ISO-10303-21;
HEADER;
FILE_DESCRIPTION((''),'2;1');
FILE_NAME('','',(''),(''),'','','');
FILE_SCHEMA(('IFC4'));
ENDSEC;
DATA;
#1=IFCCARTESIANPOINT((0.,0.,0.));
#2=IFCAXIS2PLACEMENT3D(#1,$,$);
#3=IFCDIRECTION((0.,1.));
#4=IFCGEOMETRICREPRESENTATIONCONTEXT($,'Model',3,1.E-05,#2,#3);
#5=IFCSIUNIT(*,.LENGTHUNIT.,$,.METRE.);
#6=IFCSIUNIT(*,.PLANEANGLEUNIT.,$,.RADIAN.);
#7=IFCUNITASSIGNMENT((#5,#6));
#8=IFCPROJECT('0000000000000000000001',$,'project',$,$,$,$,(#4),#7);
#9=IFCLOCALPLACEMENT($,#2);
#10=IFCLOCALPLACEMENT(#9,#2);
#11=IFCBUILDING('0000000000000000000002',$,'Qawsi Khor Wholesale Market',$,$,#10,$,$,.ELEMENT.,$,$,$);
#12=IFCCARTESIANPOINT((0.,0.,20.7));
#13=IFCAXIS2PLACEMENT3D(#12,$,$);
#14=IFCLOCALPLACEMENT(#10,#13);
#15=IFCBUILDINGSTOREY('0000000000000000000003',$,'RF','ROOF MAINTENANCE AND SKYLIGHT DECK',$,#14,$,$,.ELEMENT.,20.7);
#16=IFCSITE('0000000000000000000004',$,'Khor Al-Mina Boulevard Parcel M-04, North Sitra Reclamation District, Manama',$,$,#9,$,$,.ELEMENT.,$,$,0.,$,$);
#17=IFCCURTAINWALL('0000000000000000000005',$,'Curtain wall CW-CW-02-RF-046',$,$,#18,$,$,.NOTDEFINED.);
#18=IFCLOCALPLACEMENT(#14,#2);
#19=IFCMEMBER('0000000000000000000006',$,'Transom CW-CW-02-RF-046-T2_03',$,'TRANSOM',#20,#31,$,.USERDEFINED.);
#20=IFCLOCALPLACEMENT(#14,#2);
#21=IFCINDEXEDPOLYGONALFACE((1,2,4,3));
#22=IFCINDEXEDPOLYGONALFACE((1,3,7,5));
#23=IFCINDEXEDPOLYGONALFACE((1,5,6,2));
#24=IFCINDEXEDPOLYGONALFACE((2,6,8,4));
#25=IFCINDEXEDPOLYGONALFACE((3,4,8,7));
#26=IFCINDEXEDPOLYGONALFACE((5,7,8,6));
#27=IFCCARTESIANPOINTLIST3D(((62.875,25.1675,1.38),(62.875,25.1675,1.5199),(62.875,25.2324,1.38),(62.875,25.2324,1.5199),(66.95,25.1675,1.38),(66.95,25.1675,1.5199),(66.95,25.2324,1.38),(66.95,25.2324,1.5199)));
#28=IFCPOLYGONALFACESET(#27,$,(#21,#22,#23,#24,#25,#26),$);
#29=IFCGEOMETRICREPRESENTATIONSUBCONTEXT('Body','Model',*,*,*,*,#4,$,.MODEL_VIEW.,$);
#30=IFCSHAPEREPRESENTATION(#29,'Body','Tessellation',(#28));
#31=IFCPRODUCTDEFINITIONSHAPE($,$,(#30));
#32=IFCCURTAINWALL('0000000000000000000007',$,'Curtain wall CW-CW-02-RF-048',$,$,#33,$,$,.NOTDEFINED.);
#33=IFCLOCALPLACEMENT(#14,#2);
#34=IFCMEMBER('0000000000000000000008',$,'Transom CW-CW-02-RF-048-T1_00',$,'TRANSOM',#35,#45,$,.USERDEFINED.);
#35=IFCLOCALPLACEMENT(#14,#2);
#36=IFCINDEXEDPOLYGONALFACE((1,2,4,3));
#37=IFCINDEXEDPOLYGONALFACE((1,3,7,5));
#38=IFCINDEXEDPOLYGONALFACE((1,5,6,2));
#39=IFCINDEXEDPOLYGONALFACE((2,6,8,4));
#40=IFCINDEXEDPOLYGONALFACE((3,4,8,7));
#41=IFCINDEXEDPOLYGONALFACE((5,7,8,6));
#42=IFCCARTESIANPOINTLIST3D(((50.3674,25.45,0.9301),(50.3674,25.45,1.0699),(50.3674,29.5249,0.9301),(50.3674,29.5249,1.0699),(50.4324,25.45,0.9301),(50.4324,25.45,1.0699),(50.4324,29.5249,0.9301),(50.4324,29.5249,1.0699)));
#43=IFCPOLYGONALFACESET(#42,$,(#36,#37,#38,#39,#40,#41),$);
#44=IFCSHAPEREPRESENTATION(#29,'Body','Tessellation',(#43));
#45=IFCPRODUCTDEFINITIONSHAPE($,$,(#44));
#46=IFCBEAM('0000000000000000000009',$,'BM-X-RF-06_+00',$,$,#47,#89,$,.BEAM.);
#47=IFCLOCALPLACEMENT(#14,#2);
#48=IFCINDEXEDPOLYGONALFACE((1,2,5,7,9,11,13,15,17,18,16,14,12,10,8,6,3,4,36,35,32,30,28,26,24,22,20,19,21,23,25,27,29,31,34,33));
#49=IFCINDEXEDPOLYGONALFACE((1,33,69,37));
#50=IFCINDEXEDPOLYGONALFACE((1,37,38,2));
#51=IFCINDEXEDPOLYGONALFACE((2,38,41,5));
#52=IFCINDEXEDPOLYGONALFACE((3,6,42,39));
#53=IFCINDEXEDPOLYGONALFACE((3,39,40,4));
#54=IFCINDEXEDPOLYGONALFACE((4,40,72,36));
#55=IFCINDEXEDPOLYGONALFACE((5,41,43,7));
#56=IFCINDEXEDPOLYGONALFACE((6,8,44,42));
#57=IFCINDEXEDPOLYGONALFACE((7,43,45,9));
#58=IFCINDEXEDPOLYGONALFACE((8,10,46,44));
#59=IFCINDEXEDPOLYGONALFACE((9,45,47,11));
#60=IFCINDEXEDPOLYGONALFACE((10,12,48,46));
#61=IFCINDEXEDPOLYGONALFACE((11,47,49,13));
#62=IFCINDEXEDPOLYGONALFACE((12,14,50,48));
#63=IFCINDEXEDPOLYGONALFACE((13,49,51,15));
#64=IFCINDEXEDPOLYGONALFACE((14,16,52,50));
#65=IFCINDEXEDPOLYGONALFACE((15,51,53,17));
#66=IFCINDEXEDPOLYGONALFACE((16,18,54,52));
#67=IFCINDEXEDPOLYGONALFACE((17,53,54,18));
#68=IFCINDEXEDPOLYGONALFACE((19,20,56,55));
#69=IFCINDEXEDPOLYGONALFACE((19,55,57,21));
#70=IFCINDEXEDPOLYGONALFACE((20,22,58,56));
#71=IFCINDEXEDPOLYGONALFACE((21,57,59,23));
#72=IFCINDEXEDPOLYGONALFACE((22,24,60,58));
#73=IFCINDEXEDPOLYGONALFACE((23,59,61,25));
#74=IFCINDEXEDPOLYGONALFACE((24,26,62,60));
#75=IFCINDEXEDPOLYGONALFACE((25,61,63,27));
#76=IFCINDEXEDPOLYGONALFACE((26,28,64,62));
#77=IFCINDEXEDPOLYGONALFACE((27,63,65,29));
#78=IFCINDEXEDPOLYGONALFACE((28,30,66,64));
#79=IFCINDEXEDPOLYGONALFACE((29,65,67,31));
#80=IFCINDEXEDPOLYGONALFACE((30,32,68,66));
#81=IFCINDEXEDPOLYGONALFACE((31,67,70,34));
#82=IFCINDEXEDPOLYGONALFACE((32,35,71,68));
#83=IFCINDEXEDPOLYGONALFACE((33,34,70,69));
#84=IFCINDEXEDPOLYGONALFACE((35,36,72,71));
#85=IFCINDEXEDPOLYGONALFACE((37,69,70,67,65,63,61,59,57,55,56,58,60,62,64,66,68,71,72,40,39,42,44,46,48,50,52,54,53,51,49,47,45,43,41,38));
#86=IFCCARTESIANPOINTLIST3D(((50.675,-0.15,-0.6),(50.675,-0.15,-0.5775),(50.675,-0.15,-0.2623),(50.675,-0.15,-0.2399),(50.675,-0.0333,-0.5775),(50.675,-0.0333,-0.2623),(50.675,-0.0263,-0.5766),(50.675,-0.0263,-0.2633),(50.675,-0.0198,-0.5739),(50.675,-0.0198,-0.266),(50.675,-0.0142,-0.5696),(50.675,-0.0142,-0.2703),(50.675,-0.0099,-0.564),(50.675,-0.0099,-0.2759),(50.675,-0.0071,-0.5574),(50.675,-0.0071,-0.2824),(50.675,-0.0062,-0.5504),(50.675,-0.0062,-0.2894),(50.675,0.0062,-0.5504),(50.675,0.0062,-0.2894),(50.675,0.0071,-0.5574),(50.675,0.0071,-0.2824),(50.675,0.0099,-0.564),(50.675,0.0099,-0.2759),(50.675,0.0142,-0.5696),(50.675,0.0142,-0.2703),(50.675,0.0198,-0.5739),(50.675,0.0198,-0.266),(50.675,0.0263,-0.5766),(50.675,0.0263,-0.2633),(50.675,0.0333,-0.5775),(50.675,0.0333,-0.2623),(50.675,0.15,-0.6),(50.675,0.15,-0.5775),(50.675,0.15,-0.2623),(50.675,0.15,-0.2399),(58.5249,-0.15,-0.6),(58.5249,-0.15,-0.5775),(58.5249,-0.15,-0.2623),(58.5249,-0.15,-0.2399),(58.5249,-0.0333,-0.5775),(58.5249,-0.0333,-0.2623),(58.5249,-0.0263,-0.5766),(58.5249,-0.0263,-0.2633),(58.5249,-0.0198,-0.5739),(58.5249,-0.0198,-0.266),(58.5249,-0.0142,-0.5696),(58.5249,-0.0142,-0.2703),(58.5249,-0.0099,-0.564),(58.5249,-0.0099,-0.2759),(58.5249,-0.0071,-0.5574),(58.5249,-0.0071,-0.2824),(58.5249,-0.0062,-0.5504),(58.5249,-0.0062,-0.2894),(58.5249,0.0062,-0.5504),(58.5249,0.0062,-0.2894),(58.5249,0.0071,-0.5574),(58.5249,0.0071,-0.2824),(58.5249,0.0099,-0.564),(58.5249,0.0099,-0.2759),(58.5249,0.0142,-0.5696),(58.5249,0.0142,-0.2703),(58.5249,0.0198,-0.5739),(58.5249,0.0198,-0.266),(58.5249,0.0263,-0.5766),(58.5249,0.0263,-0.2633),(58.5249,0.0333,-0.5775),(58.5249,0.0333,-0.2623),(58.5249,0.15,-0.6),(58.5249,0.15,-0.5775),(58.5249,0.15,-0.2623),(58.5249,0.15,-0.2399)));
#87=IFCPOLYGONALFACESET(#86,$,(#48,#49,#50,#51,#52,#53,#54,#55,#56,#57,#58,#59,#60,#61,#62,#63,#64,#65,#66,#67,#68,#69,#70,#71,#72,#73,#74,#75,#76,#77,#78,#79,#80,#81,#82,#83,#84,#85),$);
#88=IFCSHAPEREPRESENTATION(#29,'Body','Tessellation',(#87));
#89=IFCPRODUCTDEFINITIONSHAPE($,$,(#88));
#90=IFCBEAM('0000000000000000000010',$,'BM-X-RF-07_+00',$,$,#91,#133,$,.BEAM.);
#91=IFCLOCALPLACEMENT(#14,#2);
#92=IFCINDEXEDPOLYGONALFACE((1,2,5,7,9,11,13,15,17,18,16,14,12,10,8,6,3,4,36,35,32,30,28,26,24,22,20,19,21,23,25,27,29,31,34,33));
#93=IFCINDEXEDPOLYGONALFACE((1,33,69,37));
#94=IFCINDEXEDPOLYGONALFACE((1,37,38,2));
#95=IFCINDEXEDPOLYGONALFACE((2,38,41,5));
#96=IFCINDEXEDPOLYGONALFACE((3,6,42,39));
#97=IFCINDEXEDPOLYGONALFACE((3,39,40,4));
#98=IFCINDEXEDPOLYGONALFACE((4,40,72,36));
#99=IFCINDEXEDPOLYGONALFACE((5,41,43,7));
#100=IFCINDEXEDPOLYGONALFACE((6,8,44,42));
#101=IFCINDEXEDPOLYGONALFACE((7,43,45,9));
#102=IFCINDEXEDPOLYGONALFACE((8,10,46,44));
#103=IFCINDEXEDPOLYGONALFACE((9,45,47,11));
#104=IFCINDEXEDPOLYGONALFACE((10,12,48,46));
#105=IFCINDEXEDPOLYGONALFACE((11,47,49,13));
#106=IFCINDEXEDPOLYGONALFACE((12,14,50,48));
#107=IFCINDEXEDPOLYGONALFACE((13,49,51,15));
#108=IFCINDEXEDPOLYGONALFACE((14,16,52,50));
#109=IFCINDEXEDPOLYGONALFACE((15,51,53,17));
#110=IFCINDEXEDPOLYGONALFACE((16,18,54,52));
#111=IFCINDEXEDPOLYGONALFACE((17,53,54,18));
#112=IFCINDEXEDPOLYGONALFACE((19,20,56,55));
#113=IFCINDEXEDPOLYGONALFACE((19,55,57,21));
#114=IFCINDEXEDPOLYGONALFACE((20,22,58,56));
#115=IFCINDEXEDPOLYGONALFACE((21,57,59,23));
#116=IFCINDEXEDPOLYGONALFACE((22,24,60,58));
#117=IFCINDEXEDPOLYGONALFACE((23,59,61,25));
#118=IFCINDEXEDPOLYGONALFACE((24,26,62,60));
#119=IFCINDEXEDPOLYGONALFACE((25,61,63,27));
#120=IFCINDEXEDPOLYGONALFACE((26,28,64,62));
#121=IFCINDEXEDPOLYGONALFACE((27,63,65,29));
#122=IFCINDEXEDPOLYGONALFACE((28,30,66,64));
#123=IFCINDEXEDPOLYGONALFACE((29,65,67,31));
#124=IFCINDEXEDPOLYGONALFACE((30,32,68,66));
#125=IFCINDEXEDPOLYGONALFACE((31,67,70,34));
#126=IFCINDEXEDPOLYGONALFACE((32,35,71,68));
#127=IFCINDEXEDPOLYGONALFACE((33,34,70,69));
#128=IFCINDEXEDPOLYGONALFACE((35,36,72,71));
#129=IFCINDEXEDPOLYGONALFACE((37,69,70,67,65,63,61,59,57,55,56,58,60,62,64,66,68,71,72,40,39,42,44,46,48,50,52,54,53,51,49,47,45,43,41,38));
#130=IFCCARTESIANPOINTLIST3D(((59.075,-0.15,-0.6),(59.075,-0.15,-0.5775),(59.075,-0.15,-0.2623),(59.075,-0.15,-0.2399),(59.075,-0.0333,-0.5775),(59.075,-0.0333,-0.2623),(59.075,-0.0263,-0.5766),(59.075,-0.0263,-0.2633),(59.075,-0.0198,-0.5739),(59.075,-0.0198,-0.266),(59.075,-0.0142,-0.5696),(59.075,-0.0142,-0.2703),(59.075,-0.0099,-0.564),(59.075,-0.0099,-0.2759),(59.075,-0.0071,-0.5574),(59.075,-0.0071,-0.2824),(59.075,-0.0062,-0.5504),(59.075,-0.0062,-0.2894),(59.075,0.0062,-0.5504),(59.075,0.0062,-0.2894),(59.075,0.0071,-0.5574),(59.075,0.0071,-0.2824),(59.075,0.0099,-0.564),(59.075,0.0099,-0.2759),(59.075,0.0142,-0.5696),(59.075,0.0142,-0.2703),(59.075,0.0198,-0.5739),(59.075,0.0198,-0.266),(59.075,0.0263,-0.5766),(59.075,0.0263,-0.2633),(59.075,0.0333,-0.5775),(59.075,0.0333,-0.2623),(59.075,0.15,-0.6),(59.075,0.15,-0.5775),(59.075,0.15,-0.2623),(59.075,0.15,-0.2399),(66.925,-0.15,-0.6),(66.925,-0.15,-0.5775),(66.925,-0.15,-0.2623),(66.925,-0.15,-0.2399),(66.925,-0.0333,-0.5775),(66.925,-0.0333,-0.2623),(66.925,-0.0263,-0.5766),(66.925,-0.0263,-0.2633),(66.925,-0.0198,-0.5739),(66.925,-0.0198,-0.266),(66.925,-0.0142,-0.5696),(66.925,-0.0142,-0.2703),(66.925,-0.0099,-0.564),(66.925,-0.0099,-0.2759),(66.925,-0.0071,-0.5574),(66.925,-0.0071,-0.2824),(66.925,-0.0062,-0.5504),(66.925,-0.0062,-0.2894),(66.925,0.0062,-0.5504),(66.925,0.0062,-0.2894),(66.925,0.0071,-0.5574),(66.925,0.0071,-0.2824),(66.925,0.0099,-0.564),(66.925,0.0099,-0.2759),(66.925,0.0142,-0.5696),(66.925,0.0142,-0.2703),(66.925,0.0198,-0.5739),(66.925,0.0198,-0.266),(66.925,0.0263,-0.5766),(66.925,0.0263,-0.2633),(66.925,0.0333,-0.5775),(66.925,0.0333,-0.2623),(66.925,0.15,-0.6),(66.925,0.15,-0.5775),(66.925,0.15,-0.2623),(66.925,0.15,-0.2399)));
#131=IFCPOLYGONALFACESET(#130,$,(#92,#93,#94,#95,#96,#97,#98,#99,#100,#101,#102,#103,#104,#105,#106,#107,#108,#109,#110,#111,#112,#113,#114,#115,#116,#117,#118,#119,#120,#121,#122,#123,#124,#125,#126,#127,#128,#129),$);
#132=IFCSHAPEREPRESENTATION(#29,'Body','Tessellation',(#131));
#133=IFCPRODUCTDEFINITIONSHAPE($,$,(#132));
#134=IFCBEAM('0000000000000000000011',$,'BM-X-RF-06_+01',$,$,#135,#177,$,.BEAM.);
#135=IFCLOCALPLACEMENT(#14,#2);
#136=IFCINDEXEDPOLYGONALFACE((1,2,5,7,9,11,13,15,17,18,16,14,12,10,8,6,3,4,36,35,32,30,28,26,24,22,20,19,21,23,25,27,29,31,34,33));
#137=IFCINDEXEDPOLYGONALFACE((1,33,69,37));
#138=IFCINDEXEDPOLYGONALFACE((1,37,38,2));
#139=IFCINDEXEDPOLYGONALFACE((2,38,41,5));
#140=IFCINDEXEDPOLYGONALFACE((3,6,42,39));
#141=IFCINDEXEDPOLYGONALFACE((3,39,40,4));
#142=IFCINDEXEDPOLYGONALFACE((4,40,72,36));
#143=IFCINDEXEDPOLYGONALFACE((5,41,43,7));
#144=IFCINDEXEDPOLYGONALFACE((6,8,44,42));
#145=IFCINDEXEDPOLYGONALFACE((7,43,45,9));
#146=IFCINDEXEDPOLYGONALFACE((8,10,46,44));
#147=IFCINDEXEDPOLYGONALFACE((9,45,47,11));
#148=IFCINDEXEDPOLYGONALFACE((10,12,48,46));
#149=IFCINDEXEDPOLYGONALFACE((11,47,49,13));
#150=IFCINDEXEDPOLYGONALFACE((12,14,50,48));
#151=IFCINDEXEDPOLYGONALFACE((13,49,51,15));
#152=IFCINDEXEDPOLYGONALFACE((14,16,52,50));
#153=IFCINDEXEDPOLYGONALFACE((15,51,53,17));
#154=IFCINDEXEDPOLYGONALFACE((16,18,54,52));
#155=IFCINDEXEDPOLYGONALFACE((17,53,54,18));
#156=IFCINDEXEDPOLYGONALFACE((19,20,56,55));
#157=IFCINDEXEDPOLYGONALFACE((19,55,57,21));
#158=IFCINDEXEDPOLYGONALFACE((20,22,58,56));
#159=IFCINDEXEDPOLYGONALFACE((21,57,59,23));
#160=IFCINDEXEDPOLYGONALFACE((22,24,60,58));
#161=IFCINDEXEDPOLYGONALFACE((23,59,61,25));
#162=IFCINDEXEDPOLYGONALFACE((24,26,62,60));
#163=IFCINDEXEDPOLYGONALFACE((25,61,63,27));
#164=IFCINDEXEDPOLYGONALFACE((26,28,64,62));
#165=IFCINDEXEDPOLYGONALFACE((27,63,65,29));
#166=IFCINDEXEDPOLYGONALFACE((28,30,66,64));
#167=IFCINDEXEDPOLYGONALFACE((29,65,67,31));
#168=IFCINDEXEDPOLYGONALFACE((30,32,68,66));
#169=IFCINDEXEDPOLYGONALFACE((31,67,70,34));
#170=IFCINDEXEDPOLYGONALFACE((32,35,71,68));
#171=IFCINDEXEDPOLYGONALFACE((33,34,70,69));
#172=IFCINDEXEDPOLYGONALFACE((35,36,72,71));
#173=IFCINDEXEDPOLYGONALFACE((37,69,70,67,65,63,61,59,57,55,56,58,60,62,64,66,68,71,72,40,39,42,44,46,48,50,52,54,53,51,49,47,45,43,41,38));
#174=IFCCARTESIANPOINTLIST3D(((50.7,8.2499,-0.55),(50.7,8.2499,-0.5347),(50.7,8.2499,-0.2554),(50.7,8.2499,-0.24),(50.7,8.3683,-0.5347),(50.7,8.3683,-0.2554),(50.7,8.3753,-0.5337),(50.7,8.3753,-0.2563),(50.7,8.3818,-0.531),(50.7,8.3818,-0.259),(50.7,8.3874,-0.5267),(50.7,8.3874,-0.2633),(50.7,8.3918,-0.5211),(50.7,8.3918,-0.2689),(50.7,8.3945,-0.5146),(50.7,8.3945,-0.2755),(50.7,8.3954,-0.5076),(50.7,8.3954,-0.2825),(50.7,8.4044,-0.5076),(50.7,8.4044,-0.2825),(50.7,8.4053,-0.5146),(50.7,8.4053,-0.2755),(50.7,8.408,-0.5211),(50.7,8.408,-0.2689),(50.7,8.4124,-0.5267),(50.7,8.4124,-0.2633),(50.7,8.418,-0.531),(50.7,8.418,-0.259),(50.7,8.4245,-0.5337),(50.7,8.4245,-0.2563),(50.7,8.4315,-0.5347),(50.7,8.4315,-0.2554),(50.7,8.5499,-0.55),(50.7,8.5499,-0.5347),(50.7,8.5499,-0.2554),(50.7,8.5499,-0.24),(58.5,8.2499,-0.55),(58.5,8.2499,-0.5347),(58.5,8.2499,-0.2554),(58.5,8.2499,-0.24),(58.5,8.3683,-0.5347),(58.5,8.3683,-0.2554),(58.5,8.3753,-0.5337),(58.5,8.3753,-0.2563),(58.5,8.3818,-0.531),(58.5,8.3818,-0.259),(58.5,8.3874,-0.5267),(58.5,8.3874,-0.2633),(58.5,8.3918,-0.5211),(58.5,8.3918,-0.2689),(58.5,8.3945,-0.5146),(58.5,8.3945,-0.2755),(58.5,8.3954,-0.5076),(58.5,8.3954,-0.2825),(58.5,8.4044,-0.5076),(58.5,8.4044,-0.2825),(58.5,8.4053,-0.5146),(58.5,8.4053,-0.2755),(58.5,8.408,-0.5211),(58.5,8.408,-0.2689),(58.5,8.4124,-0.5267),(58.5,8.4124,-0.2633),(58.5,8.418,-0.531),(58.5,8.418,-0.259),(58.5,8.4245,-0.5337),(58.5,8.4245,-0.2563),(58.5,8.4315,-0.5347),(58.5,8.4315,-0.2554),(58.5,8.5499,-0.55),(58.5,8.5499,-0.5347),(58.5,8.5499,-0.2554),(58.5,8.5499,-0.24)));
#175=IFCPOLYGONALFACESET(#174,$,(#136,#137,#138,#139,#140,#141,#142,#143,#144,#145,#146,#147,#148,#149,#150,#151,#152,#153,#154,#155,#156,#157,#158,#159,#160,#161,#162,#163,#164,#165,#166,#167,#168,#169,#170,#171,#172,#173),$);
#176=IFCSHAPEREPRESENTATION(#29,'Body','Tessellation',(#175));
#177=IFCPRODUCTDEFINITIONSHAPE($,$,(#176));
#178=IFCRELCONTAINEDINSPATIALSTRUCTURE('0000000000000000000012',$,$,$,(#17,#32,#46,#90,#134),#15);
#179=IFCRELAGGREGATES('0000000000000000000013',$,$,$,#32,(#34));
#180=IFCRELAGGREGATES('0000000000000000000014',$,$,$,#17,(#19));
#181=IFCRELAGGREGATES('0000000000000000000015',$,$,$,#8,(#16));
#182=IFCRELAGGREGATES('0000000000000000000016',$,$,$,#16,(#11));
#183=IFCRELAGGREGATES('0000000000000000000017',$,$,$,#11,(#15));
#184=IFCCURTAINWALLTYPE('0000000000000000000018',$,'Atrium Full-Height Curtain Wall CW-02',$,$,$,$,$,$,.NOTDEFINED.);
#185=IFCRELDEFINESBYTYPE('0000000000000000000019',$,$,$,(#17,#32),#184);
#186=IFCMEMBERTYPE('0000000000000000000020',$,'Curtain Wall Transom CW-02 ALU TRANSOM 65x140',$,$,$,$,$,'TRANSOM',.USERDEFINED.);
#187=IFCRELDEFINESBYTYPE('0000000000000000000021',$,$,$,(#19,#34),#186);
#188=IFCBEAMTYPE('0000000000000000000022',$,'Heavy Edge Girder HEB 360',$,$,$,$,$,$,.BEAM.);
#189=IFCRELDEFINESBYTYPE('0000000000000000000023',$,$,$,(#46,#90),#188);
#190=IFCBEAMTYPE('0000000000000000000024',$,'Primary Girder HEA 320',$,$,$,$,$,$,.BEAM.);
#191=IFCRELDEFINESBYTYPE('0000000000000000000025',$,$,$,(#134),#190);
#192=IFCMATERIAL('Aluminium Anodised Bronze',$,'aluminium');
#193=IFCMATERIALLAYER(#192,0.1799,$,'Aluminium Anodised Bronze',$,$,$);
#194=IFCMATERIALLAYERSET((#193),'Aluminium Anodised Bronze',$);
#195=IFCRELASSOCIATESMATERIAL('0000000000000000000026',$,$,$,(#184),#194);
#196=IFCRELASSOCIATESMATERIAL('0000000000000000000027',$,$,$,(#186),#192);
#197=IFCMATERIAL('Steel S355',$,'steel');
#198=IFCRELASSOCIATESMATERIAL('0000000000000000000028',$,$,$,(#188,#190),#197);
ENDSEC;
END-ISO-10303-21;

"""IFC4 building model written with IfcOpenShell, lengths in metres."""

from ifc_helpers import new_model, si_unit, direction, frame, origin, origin_2d, place, context, subcontext, project, spatial, rectangle, i_section, extrude, material, layer, layer_set, material_profile, profile_set, type_object, element, aggregate, save


model = new_model("IFC4")

# Units and contexts
model_context = context("Model", 3, precision=1e-05, world=origin(), true_north=direction((0.0, 1.0)))
body_context = subcontext(model_context, "Body", "Model", "MODEL_VIEW")
ifc_project = project(units=[si_unit("LENGTHUNIT", "METRE"), si_unit("PLANEANGLEUNIT", "RADIAN")], contexts=[model_context])

# Site, building, storey
site_placement = place(None, origin())
site = spatial("IfcSite", under=ifc_project, at=site_placement, Name="Khor Al-Mina Boulevard Parcel M-04, North Sitra Reclamation District, Manama", CompositionType="ELEMENT", RefElevation=0.0)
building_placement = place(site_placement, origin())
building = spatial("IfcBuilding", under=site, at=building_placement, Name="Qawsi Khor Wholesale Market", CompositionType="ELEMENT")
storey_placement = place(building_placement, frame((0.0, 0.0, 20.7)))
storey = spatial("IfcBuildingStorey", under=building, at=storey_placement, Name="RF", Description="ROOF MAINTENANCE AND SKYLIGHT DECK", CompositionType="ELEMENT", Elevation=20.7)

# Curtain wall, member
ifc_material_1 = material(Name="Aluminium Anodised Bronze", Category="aluminium")
ifc_layer_1 = layer(ifc_material_1, 0.1799, Name="Aluminium Anodised Bronze")
ifc_layer_set_1 = layer_set([ifc_layer_1], Name="Aluminium Anodised Bronze")
curtain_wall_type = type_object("IfcCurtainWallType", Name="Atrium Full-Height Curtain Wall CW-02", PredefinedType="NOTDEFINED", material=ifc_layer_set_1)
curtain_wall_1_placement = place(storey_placement, origin())
curtain_wall_1 = element("IfcCurtainWall", 1, at=curtain_wall_1_placement, inside=storey, type_object=curtain_wall_type, Name="Curtain wall CW-CW-02-RF-046", PredefinedType="NOTDEFINED")
ifc_material_profile_1 = material_profile(ifc_material_1, rectangle(XDim=0.0649, YDim=0.1399, at=origin_2d()), Name="ALU TRANSOM 65x140")
ifc_profile_set_1 = profile_set([ifc_material_profile_1], Name="Aluminium Anodised Bronze")
member_type_1 = type_object("IfcMemberType", Name="Curtain Wall Transom CW-02 ALU TRANSOM 65x140", ElementType="TRANSOM", PredefinedType="USERDEFINED", material=ifc_profile_set_1)
member_1_placement = place(storey_placement, frame((62.875, 25.2, 1.45), z_axis=(1.0, 0.0, 0.0), x_axis=(0.0, 1.0, 0.0)))
member_1 = element("IfcMember", 2, at=member_1_placement, type_object=member_type_1, Name="Transom CW-CW-02-RF-046-T2_03", ObjectType="TRANSOM", PredefinedType="USERDEFINED", context=body_context, shape_type="SweptSolid", body=[
    extrude(rectangle(XDim=0.0649, YDim=0.1399, at=origin_2d()), origin(), (0.0, 0.0, 1.0), 4.075),
])

# Curtain wall, member
curtain_wall_2_placement = place(storey_placement, origin())
curtain_wall_2 = element("IfcCurtainWall", 3, at=curtain_wall_2_placement, inside=storey, type_object=curtain_wall_type, Name="Curtain wall CW-CW-02-RF-048", PredefinedType="NOTDEFINED")
member_2_placement = place(storey_placement, frame((50.3999, 25.45, 1.0), z_axis=(0.0, 1.0, 0.0), x_axis=(-1.0, 0.0, 0.0)))
member_2 = element("IfcMember", 4, at=member_2_placement, type_object=member_type_1, Name="Transom CW-CW-02-RF-048-T1_00", ObjectType="TRANSOM", PredefinedType="USERDEFINED", context=body_context, shape_type="SweptSolid", body=[
    extrude(rectangle(XDim=0.0649, YDim=0.1399, at=origin_2d()), origin(), (0.0, 0.0, 1.0), 4.075),
])
aggregate(curtain_wall_2, [member_2])

# Beams
ifc_material_2 = material(Name="Steel S355", Category="steel")
ifc_material_profile_2 = material_profile(ifc_material_2, i_section(OverallWidth=0.3, OverallDepth=0.3601, WebThickness=0.0125, FlangeThickness=0.0225, FilletRadius=0.0271, at=origin_2d()), Name="HEB 360")
ifc_profile_set_2 = profile_set([ifc_material_profile_2], Name="Steel S355")
beam_type_1 = type_object("IfcBeamType", Name="Heavy Edge Girder HEB 360", PredefinedType="BEAM", material=ifc_profile_set_2)
beam_1_placement = place(storey_placement, frame((50.675, 0.0, -0.4199), z_axis=(1.0, 0.0, 0.0), x_axis=(0.0, 1.0, 0.0)))
element("IfcBeam", 5, at=beam_1_placement, inside=storey, type_object=beam_type_1, Name="BM-X-RF-06_+00", PredefinedType="BEAM", context=body_context, shape_type="SweptSolid", body=[
    extrude(i_section(OverallWidth=0.3, OverallDepth=0.3601, WebThickness=0.0125, FlangeThickness=0.0225, FilletRadius=0.0271, at=origin_2d()), origin(), (0.0, 0.0, 1.0), 7.8499),
])
beam_2_placement = place(storey_placement, frame((59.075, 0.0, -0.4199), z_axis=(1.0, 0.0, 0.0), x_axis=(0.0, 1.0, 0.0)))
element("IfcBeam", 6, at=beam_2_placement, inside=storey, type_object=beam_type_1, Name="BM-X-RF-07_+00", PredefinedType="BEAM", context=body_context, shape_type="SweptSolid", body=[
    extrude(i_section(OverallWidth=0.3, OverallDepth=0.3601, WebThickness=0.0125, FlangeThickness=0.0225, FilletRadius=0.0271, at=origin_2d()), origin(), (0.0, 0.0, 1.0), 7.8501),
])
ifc_material_profile_3 = material_profile(ifc_material_2, i_section(OverallWidth=0.3, OverallDepth=0.3101, WebThickness=0.009, FlangeThickness=0.0154, FilletRadius=0.0271, at=origin_2d()), Name="HEA 320")
ifc_profile_set_3 = profile_set([ifc_material_profile_3], Name="Steel S355")
beam_type_2 = type_object("IfcBeamType", Name="Primary Girder HEA 320", PredefinedType="BEAM", material=ifc_profile_set_3)
beam_3_placement = place(storey_placement, frame((50.7, 8.3999, -0.395), z_axis=(1.0, 0.0, 0.0), x_axis=(0.0, 1.0, 0.0)))
element("IfcBeam", 7, at=beam_3_placement, inside=storey, type_object=beam_type_2, Name="BM-X-RF-06_+01", PredefinedType="BEAM", context=body_context, shape_type="SweptSolid", body=[
    extrude(i_section(OverallWidth=0.3, OverallDepth=0.3101, WebThickness=0.009, FlangeThickness=0.0154, FilletRadius=0.0271, at=origin_2d()), origin(), (0.0, 0.0, 1.0), 7.8),
])

aggregate(curtain_wall_1, [member_1])

save(model, "model.ifc")
